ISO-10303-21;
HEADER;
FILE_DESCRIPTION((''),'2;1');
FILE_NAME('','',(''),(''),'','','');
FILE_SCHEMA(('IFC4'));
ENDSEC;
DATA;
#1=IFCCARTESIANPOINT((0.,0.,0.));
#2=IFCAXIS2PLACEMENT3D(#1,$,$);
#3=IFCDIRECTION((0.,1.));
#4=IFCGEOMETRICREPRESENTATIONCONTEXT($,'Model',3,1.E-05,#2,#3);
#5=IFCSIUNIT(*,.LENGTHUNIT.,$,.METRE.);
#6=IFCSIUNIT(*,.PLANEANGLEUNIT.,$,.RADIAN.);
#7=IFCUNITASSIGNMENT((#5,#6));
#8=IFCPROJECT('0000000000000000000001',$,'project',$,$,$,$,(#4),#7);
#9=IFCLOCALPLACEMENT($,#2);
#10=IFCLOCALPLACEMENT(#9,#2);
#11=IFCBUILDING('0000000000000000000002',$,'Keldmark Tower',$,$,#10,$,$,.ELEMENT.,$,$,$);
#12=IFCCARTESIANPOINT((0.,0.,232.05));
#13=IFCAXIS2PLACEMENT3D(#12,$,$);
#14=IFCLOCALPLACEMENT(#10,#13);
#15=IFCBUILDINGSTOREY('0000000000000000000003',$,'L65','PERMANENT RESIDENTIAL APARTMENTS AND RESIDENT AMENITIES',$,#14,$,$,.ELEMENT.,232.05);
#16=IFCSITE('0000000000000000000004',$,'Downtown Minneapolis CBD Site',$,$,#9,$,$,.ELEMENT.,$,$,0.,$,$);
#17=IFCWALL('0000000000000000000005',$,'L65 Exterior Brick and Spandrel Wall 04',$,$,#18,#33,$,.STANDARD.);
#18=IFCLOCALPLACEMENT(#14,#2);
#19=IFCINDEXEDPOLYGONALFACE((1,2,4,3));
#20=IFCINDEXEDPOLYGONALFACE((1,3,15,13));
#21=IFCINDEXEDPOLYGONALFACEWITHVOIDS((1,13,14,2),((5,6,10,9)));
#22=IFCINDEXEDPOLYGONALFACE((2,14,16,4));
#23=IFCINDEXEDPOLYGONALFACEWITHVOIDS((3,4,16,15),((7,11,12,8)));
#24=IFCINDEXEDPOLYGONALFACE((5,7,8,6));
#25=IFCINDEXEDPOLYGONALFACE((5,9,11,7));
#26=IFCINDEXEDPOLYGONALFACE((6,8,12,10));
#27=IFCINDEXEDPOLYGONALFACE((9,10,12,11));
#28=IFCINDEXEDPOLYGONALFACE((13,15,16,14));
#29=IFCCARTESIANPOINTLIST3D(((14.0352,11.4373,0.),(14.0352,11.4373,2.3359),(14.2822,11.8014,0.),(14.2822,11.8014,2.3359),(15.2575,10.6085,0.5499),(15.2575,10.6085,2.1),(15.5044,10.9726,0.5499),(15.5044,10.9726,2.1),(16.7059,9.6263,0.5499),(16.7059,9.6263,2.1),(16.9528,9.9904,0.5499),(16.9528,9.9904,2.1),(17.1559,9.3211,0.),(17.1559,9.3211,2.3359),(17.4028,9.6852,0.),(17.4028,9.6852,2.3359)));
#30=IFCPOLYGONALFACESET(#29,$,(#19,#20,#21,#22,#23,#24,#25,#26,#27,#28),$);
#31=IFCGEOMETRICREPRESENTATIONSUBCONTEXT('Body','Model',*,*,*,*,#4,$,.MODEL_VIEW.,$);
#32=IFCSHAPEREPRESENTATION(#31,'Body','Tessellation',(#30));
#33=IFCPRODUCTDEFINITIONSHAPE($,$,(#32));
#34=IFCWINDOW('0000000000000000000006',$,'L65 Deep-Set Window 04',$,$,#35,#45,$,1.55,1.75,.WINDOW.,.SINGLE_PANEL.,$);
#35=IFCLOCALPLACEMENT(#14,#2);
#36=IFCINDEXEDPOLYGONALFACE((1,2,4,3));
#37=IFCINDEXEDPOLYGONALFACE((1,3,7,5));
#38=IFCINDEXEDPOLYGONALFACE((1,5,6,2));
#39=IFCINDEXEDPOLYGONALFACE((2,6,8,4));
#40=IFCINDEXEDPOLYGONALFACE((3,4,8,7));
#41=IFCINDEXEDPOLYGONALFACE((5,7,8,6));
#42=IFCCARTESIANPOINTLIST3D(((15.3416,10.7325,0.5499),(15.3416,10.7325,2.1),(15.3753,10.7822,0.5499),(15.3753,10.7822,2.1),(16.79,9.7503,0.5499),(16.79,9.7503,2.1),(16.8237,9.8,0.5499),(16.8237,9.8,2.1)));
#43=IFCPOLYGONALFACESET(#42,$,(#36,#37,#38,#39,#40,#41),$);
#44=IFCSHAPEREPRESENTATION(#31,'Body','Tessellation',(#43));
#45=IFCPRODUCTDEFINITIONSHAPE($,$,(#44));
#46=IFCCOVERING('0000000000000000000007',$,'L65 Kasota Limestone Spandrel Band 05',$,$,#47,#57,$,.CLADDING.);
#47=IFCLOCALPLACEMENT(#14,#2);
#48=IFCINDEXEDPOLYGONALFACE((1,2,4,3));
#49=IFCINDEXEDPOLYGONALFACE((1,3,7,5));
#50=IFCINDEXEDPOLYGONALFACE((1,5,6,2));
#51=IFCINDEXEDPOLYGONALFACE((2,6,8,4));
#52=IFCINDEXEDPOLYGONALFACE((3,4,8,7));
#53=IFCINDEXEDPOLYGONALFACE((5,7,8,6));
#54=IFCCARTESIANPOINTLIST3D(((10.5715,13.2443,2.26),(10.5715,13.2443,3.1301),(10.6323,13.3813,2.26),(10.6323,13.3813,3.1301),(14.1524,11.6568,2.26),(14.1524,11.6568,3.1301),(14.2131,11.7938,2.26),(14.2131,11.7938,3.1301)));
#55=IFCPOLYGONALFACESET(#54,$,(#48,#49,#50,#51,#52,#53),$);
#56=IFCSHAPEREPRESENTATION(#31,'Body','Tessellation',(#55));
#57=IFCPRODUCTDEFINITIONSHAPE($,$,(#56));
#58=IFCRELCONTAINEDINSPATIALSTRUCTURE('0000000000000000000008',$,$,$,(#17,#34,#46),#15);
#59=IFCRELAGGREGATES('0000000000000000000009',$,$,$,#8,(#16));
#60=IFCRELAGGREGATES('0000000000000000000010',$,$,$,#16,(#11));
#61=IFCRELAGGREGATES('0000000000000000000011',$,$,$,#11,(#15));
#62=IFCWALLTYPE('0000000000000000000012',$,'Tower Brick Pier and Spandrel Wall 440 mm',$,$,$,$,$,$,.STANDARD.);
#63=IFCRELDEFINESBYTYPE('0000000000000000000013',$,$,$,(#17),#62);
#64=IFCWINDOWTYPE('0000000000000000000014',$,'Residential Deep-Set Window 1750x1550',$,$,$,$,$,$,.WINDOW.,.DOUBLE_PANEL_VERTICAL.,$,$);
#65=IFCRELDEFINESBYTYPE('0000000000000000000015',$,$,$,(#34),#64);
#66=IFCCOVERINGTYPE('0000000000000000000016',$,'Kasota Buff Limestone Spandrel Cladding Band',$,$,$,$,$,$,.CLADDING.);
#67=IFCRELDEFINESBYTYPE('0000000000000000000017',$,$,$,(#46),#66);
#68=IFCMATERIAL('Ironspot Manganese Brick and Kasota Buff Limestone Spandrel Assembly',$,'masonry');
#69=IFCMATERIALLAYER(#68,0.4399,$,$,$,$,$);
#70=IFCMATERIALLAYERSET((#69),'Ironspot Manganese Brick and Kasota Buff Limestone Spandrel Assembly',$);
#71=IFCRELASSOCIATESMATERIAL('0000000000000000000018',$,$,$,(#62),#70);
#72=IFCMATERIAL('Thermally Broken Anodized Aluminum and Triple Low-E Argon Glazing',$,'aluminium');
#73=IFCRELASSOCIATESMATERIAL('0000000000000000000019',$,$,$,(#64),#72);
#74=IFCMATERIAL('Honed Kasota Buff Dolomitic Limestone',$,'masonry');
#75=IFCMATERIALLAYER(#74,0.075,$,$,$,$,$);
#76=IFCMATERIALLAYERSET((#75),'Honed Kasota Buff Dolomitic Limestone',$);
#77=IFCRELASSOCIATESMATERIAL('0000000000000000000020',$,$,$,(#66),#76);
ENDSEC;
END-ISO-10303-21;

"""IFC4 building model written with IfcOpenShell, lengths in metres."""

from ifc_helpers import new_model, si_unit, direction, frame, frame_2d, origin, origin_2d, place, context, subcontext, project, spatial, rectangle, extrude, material, layer, layer_set, type_object, element, fill, save


model = new_model("IFC4")

# Units and contexts
model_context = context("Model", 3, precision=1e-05, world=origin(), true_north=direction((0.0, 1.0)))
body_context = subcontext(model_context, "Body", "Model", "MODEL_VIEW")
ifc_project = project(units=[si_unit("LENGTHUNIT", "METRE"), si_unit("PLANEANGLEUNIT", "RADIAN")], contexts=[model_context])

# Site, building, storey
site_placement = place(None, origin())
site = spatial("IfcSite", under=ifc_project, at=site_placement, Name="Downtown Minneapolis CBD Site", CompositionType="ELEMENT", RefElevation=0.0)
building_placement = place(site_placement, origin())
building = spatial("IfcBuilding", under=site, at=building_placement, Name="Keldmark Tower", CompositionType="ELEMENT")
storey_placement = place(building_placement, frame((0.0, 0.0, 232.05)))
storey = spatial("IfcBuildingStorey", under=building, at=storey_placement, Name="L65", Description="PERMANENT RESIDENTIAL APARTMENTS AND RESIDENT AMENITIES", CompositionType="ELEMENT", Elevation=232.05)

# Wall, opening, window
ifc_material_1 = material(Name="Ironspot Manganese Brick and Kasota Buff Limestone Spandrel Assembly", Category="masonry")
ifc_layer_1 = layer(ifc_material_1, 0.4399)
ifc_layer_set_1 = layer_set([ifc_layer_1], Name="Ironspot Manganese Brick and Kasota Buff Limestone Spandrel Assembly")
wall_type = type_object("IfcWallType", Name="Tower Brick Pier and Spandrel Wall 440 mm", PredefinedType="STANDARD", material=ifc_layer_set_1)
ifc_material_2 = material(Name="Thermally Broken Anodized Aluminum and Triple Low-E Argon Glazing", Category="aluminium")
window_type_1 = type_object("IfcWindowType", Name="Residential Deep-Set Window 1750x1550", PartitioningType="DOUBLE_PANEL_VERTICAL", PredefinedType="WINDOW", material=ifc_material_2)
wall_1_placement = place(storey_placement, frame((14.1587, 11.6194, 0.0), z_axis=(0.0, 0.0, 1.0), x_axis=(0.827641, -0.561258, 0.0)))
wall_1 = element("IfcWall", 1, at=wall_1_placement, inside=storey, type_object=wall_type, Name="L65 Exterior Brick and Spandrel Wall 04", PredefinedType="STANDARD", context=body_context, shape_type="SweptSolid", body=[
    extrude(rectangle(XDim=3.7705, YDim=0.4399, at=frame_2d((1.8853, 0.0))), origin(), (0.0, 0.0, 1.0), 2.3359),
])
opening_1_placement = place(wall_1_placement, frame((1.4768, 0.0, 0.55)))
opening_1 = element("IfcOpeningElement", 2, at=opening_1_placement, cuts=wall_1, PredefinedType="OPENING", context=body_context, shape_type="SweptSolid", body=[
    extrude(rectangle(XDim=1.75, YDim=1.55, at=frame_2d((0.875, 0.7749))), frame((0.0, 0.23, 0.0), z_axis=(0.0, -1.0, 0.0), x_axis=(1.0, 0.0, 0.0)), (0.0, 0.0, 1.0), 0.46),
])
window_1_placement = place(opening_1_placement, origin())
window_1 = element("IfcWindow", 3, at=window_1_placement, inside=storey, type_object=window_type_1, Name="L65 Deep-Set Window 04", OverallHeight=1.55, OverallWidth=1.75, PartitioningType="SINGLE_PANEL", PredefinedType="WINDOW", context=body_context, shape_type="SweptSolid", body=[
    extrude(rectangle(XDim=1.75, YDim=1.55, at=frame_2d((0.875, 0.7749))), frame((0.0, -0.01, 0.0), z_axis=(0.0, -1.0, 0.0), x_axis=(1.0, 0.0, 0.0)), (0.0, 0.0, 1.0), 0.0601),
])
fill(opening_1, window_1)

# Covering
ifc_material_3 = material(Name="Honed Kasota Buff Dolomitic Limestone", Category="masonry")
ifc_layer_2 = layer(ifc_material_3, 0.075)
ifc_layer_set_2 = layer_set([ifc_layer_2], Name="Honed Kasota Buff Dolomitic Limestone")
covering_type = type_object("IfcCoveringType", Name="Kasota Buff Limestone Spandrel Cladding Band", PredefinedType="CLADDING", material=ifc_layer_set_2)
covering_placement = place(storey_placement, frame((12.3923, 12.519, 2.26), z_axis=(0.0, 0.0, 1.0), x_axis=(-0.91419, 0.405285, 0.0)))
element("IfcCovering", 4, at=covering_placement, inside=storey, type_object=covering_type, Name="L65 Kasota Limestone Spandrel Band 05", PredefinedType="CLADDING", context=body_context, shape_type="SweptSolid", body=[
    extrude(rectangle(XDim=3.917, YDim=0.1499, at=origin_2d()), origin(), (0.0, 0.0, 1.0), 0.8701),
])

save(model, "model.ifc")
